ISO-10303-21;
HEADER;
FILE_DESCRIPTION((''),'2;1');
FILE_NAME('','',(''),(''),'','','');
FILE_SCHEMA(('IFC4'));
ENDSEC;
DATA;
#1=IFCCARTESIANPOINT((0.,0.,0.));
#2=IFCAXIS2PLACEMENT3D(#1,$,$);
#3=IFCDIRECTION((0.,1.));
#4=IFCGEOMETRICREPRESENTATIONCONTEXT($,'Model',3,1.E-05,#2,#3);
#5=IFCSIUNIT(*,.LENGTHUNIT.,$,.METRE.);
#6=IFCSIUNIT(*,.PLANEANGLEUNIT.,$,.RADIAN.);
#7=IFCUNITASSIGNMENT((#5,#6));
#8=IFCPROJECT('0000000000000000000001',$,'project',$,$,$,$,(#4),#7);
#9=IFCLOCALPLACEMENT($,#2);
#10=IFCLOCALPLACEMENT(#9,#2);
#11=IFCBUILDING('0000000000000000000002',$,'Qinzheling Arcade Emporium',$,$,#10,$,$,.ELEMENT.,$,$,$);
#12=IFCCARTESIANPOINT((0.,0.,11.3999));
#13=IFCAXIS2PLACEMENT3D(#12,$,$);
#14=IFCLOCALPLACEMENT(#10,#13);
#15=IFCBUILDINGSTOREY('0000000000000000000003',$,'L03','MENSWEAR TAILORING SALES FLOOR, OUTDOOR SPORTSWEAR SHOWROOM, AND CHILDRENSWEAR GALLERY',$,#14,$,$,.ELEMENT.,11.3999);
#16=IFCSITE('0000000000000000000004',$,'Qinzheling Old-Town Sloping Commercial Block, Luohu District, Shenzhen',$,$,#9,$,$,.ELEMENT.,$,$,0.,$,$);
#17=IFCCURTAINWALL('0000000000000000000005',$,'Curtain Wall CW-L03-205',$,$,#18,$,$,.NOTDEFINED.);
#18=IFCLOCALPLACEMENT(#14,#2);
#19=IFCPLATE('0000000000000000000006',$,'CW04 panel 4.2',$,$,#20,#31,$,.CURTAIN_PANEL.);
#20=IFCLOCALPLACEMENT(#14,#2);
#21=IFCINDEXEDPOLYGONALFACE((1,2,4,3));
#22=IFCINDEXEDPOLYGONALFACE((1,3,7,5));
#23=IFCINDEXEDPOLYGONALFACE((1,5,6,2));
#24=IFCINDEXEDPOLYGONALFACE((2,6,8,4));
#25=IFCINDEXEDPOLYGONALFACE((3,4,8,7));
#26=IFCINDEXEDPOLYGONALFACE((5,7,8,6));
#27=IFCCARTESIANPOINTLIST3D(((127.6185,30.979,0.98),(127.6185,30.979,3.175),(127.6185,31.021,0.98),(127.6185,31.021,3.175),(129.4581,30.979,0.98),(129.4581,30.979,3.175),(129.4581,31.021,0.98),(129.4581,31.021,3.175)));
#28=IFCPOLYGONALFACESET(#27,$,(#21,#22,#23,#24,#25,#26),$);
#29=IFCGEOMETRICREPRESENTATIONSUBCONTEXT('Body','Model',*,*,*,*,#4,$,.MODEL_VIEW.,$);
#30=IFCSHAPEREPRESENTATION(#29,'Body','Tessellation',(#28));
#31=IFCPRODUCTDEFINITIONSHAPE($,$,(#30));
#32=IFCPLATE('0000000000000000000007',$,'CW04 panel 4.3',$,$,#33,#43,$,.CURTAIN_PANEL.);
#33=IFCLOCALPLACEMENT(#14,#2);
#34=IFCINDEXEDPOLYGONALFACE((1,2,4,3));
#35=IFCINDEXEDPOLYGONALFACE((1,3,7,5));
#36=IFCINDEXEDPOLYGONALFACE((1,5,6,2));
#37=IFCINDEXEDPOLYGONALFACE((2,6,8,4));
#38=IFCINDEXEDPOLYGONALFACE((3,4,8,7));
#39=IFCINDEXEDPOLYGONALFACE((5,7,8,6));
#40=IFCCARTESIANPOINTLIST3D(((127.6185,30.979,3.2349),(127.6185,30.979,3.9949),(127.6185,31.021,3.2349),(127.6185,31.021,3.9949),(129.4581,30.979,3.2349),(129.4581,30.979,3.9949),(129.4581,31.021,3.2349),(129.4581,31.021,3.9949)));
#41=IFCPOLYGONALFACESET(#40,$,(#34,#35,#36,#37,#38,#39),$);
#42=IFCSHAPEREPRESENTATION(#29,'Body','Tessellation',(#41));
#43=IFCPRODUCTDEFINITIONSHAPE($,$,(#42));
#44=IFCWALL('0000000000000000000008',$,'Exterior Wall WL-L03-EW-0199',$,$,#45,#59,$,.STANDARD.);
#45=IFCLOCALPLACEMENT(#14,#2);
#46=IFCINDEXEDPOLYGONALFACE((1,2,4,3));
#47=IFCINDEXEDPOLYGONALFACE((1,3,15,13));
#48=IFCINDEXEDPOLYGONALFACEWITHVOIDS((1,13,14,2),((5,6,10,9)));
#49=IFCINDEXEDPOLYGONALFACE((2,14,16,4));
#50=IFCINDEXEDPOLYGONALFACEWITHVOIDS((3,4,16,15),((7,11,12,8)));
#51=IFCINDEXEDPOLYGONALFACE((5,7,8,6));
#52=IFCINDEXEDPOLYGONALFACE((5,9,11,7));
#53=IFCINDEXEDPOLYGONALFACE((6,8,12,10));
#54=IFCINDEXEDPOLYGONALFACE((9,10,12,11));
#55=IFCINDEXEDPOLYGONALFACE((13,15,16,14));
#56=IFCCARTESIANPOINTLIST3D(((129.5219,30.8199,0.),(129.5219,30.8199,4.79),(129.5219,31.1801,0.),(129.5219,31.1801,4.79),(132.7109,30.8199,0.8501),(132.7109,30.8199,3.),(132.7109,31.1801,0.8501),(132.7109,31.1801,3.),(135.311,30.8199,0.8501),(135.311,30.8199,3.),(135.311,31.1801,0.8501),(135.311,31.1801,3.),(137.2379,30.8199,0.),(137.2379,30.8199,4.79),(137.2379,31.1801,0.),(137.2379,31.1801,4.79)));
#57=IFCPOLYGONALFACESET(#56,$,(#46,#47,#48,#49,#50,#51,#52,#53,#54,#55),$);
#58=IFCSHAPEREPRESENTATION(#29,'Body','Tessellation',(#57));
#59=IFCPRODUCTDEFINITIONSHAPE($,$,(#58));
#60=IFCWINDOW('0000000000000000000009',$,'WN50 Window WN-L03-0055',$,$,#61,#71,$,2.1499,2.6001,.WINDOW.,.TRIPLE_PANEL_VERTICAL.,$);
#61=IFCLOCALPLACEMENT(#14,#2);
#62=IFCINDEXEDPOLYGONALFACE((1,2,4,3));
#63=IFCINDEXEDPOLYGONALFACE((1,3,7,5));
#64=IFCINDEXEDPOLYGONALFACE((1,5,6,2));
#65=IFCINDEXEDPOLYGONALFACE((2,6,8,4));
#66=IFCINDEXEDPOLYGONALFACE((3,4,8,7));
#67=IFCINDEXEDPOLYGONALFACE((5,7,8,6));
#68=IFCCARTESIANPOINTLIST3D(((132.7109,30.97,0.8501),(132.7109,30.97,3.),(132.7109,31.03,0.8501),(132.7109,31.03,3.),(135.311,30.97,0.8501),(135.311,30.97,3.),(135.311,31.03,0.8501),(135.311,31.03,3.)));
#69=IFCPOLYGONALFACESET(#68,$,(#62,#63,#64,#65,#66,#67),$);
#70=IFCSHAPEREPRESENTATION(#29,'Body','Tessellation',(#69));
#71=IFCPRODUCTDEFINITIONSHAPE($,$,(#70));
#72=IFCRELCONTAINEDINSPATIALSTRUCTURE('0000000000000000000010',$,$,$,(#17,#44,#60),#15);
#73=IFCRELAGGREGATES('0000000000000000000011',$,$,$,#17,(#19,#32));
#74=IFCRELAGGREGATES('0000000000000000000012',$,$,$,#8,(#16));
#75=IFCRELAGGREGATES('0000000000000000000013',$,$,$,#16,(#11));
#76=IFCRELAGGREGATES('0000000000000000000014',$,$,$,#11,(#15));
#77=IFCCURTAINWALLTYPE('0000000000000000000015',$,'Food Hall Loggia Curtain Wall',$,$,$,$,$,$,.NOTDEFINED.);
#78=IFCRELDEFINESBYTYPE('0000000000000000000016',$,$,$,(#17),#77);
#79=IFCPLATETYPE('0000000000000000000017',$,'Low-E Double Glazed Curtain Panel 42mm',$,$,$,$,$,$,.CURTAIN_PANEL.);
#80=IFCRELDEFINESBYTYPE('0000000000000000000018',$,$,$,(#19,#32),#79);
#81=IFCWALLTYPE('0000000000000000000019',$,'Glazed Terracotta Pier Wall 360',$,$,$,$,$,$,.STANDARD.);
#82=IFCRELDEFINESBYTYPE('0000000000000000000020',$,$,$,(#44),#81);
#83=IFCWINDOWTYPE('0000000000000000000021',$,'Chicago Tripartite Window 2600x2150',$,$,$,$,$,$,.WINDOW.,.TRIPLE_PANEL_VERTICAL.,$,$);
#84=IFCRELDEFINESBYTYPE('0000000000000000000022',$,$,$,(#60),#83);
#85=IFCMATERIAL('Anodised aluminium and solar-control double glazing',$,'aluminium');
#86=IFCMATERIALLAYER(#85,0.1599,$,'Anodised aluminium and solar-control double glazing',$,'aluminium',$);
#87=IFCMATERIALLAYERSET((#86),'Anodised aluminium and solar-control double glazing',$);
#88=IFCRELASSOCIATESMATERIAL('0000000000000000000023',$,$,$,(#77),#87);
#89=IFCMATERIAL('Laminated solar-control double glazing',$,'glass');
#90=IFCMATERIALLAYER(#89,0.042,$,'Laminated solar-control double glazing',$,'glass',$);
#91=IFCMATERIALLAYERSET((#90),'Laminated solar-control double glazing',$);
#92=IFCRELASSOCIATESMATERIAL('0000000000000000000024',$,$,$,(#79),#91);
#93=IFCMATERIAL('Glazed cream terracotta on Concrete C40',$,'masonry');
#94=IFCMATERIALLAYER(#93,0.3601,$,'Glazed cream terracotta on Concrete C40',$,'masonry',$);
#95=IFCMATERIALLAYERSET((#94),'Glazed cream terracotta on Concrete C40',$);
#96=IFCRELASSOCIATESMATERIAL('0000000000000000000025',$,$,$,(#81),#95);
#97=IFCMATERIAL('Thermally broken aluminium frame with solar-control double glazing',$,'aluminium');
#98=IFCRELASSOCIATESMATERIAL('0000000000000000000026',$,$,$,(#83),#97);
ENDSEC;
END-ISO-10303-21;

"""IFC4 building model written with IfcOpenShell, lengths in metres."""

from ifc_helpers import new_model, si_unit, direction, frame, frame_2d, origin, origin_2d, place, context, subcontext, project, spatial, rectangle, extrude, material, layer, layer_set, type_object, element, fill, aggregate, save


model = new_model("IFC4")

# Units and contexts
model_context = context("Model", 3, precision=1e-05, world=origin(), true_north=direction((0.0, 1.0)))
body_context = subcontext(model_context, "Body", "Model", "MODEL_VIEW")
ifc_project = project(units=[si_unit("LENGTHUNIT", "METRE"), si_unit("PLANEANGLEUNIT", "RADIAN")], contexts=[model_context])

# Site, building, storey
site_placement = place(None, origin())
site = spatial("IfcSite", under=ifc_project, at=site_placement, Name="Qinzheling Old-Town Sloping Commercial Block, Luohu District, Shenzhen", CompositionType="ELEMENT", RefElevation=0.0)
building_placement = place(site_placement, origin())
building = spatial("IfcBuilding", under=site, at=building_placement, Name="Qinzheling Arcade Emporium", CompositionType="ELEMENT")
storey_placement = place(building_placement, frame((0.0, 0.0, 11.3999)))
storey = spatial("IfcBuildingStorey", under=building, at=storey_placement, Name="L03", Description="MENSWEAR TAILORING SALES FLOOR, OUTDOOR SPORTSWEAR SHOWROOM, AND CHILDRENSWEAR GALLERY", CompositionType="ELEMENT", Elevation=11.3999)

# Shared definitions
ifc_material_1 = material(Name="Anodised aluminium and solar-control double glazing", Category="aluminium")
ifc_layer_1 = layer(ifc_material_1, 0.1599, Name="Anodised aluminium and solar-control double glazing", Category="aluminium")
ifc_layer_set_1 = layer_set([ifc_layer_1], Name="Anodised aluminium and solar-control double glazing")
curtain_wall_type = type_object("IfcCurtainWallType", Name="Food Hall Loggia Curtain Wall", PredefinedType="NOTDEFINED", material=ifc_layer_set_1)

# Curtain wall
curtain_wall_1_placement = place(storey_placement, origin())
curtain_wall_1 = element("IfcCurtainWall", 1, at=curtain_wall_1_placement, inside=storey, type_object=curtain_wall_type, Name="Curtain Wall CW-L03-205", PredefinedType="NOTDEFINED")

# Plates
ifc_material_2 = material(Name="Laminated solar-control double glazing", Category="glass")
ifc_layer_2 = layer(ifc_material_2, 0.042, Name="Laminated solar-control double glazing", Category="glass")
ifc_layer_set_2 = layer_set([ifc_layer_2], Name="Laminated solar-control double glazing")
plate_type = type_object("IfcPlateType", Name="Low-E Double Glazed Curtain Panel 42mm", PredefinedType="CURTAIN_PANEL", material=ifc_layer_set_2)
plate_1_placement = place(storey_placement, frame((128.5383, 31.0, 0.98), z_axis=(0.0, 0.0, 1.0), x_axis=(1.0, 0.0, 0.0)))
plate_1 = element("IfcPlate", 2, at=plate_1_placement, type_object=plate_type, Name="CW04 panel 4.2", PredefinedType="CURTAIN_PANEL", context=body_context, shape_type="SweptSolid", body=[
    extrude(rectangle(XDim=1.8396, YDim=0.042, at=origin_2d()), origin(), (0.0, 0.0, 1.0), 2.1951),
])
plate_2_placement = place(storey_placement, frame((128.5383, 31.0, 3.2349), z_axis=(0.0, 0.0, 1.0), x_axis=(1.0, 0.0, 0.0)))
plate_2 = element("IfcPlate", 3, at=plate_2_placement, type_object=plate_type, Name="CW04 panel 4.3", PredefinedType="CURTAIN_PANEL", context=body_context, shape_type="SweptSolid", body=[
    extrude(rectangle(XDim=1.8396, YDim=0.042, at=origin_2d()), origin(), (0.0, 0.0, 1.0), 0.76),
])
aggregate(curtain_wall_1, [plate_1, plate_2])

# Wall, opening, window
ifc_material_3 = material(Name="Glazed cream terracotta on Concrete C40", Category="masonry")
ifc_layer_3 = layer(ifc_material_3, 0.3601, Name="Glazed cream terracotta on Concrete C40", Category="masonry")
ifc_layer_set_3 = layer_set([ifc_layer_3], Name="Glazed cream terracotta on Concrete C40")
wall_type = type_object("IfcWallType", Name="Glazed Terracotta Pier Wall 360", PredefinedType="STANDARD", material=ifc_layer_set_3)
wall_placement = place(storey_placement, frame((129.522, 31.0, 0.0), z_axis=(0.0, 0.0, 1.0), x_axis=(1.0, 0.0, 0.0)))
wall = element("IfcWall", 4, at=wall_placement, inside=storey, type_object=wall_type, Name="Exterior Wall WL-L03-EW-0199", PredefinedType="STANDARD", context=body_context, shape_type="SweptSolid", body=[
    extrude(rectangle(XDim=7.7161, YDim=0.3601, at=frame_2d((3.8579, 0.0))), origin(), (0.0, 0.0, 1.0), 4.79),
])
opening_placement = place(wall_placement, frame((3.189, 0.0, 0.8501)))
opening = element("IfcOpeningElement", 5, at=opening_placement, cuts=wall, PredefinedType="OPENING", context=body_context, shape_type="SweptSolid", body=[
    extrude(rectangle(XDim=2.6001, YDim=2.1499, at=frame_2d((1.3, 1.075))), frame((0.0, 0.1899, 0.0), z_axis=(0.0, -1.0, 0.0), x_axis=(1.0, 0.0, 0.0)), (0.0, 0.0, 1.0), 0.3801),
])
ifc_material_4 = material(Name="Thermally broken aluminium frame with solar-control double glazing", Category="aluminium")
window_type = type_object("IfcWindowType", Name="Chicago Tripartite Window 2600x2150", PartitioningType="TRIPLE_PANEL_VERTICAL", PredefinedType="WINDOW", material=ifc_material_4)
window_placement = place(opening_placement, origin())
window = element("IfcWindow", 6, at=window_placement, inside=storey, type_object=window_type, Name="WN50 Window WN-L03-0055", OverallHeight=2.1499, OverallWidth=2.6001, PartitioningType="TRIPLE_PANEL_VERTICAL", PredefinedType="WINDOW", context=body_context, shape_type="SweptSolid", body=[
    extrude(rectangle(XDim=2.6001, YDim=2.1499, at=frame_2d((1.3, 1.075))), frame((0.0, 0.03, 0.0), z_axis=(0.0, -1.0, 0.0), x_axis=(1.0, 0.0, 0.0)), (0.0, 0.0, 1.0), 0.0601),
])
fill(opening, window)

save(model, "model.ifc")
